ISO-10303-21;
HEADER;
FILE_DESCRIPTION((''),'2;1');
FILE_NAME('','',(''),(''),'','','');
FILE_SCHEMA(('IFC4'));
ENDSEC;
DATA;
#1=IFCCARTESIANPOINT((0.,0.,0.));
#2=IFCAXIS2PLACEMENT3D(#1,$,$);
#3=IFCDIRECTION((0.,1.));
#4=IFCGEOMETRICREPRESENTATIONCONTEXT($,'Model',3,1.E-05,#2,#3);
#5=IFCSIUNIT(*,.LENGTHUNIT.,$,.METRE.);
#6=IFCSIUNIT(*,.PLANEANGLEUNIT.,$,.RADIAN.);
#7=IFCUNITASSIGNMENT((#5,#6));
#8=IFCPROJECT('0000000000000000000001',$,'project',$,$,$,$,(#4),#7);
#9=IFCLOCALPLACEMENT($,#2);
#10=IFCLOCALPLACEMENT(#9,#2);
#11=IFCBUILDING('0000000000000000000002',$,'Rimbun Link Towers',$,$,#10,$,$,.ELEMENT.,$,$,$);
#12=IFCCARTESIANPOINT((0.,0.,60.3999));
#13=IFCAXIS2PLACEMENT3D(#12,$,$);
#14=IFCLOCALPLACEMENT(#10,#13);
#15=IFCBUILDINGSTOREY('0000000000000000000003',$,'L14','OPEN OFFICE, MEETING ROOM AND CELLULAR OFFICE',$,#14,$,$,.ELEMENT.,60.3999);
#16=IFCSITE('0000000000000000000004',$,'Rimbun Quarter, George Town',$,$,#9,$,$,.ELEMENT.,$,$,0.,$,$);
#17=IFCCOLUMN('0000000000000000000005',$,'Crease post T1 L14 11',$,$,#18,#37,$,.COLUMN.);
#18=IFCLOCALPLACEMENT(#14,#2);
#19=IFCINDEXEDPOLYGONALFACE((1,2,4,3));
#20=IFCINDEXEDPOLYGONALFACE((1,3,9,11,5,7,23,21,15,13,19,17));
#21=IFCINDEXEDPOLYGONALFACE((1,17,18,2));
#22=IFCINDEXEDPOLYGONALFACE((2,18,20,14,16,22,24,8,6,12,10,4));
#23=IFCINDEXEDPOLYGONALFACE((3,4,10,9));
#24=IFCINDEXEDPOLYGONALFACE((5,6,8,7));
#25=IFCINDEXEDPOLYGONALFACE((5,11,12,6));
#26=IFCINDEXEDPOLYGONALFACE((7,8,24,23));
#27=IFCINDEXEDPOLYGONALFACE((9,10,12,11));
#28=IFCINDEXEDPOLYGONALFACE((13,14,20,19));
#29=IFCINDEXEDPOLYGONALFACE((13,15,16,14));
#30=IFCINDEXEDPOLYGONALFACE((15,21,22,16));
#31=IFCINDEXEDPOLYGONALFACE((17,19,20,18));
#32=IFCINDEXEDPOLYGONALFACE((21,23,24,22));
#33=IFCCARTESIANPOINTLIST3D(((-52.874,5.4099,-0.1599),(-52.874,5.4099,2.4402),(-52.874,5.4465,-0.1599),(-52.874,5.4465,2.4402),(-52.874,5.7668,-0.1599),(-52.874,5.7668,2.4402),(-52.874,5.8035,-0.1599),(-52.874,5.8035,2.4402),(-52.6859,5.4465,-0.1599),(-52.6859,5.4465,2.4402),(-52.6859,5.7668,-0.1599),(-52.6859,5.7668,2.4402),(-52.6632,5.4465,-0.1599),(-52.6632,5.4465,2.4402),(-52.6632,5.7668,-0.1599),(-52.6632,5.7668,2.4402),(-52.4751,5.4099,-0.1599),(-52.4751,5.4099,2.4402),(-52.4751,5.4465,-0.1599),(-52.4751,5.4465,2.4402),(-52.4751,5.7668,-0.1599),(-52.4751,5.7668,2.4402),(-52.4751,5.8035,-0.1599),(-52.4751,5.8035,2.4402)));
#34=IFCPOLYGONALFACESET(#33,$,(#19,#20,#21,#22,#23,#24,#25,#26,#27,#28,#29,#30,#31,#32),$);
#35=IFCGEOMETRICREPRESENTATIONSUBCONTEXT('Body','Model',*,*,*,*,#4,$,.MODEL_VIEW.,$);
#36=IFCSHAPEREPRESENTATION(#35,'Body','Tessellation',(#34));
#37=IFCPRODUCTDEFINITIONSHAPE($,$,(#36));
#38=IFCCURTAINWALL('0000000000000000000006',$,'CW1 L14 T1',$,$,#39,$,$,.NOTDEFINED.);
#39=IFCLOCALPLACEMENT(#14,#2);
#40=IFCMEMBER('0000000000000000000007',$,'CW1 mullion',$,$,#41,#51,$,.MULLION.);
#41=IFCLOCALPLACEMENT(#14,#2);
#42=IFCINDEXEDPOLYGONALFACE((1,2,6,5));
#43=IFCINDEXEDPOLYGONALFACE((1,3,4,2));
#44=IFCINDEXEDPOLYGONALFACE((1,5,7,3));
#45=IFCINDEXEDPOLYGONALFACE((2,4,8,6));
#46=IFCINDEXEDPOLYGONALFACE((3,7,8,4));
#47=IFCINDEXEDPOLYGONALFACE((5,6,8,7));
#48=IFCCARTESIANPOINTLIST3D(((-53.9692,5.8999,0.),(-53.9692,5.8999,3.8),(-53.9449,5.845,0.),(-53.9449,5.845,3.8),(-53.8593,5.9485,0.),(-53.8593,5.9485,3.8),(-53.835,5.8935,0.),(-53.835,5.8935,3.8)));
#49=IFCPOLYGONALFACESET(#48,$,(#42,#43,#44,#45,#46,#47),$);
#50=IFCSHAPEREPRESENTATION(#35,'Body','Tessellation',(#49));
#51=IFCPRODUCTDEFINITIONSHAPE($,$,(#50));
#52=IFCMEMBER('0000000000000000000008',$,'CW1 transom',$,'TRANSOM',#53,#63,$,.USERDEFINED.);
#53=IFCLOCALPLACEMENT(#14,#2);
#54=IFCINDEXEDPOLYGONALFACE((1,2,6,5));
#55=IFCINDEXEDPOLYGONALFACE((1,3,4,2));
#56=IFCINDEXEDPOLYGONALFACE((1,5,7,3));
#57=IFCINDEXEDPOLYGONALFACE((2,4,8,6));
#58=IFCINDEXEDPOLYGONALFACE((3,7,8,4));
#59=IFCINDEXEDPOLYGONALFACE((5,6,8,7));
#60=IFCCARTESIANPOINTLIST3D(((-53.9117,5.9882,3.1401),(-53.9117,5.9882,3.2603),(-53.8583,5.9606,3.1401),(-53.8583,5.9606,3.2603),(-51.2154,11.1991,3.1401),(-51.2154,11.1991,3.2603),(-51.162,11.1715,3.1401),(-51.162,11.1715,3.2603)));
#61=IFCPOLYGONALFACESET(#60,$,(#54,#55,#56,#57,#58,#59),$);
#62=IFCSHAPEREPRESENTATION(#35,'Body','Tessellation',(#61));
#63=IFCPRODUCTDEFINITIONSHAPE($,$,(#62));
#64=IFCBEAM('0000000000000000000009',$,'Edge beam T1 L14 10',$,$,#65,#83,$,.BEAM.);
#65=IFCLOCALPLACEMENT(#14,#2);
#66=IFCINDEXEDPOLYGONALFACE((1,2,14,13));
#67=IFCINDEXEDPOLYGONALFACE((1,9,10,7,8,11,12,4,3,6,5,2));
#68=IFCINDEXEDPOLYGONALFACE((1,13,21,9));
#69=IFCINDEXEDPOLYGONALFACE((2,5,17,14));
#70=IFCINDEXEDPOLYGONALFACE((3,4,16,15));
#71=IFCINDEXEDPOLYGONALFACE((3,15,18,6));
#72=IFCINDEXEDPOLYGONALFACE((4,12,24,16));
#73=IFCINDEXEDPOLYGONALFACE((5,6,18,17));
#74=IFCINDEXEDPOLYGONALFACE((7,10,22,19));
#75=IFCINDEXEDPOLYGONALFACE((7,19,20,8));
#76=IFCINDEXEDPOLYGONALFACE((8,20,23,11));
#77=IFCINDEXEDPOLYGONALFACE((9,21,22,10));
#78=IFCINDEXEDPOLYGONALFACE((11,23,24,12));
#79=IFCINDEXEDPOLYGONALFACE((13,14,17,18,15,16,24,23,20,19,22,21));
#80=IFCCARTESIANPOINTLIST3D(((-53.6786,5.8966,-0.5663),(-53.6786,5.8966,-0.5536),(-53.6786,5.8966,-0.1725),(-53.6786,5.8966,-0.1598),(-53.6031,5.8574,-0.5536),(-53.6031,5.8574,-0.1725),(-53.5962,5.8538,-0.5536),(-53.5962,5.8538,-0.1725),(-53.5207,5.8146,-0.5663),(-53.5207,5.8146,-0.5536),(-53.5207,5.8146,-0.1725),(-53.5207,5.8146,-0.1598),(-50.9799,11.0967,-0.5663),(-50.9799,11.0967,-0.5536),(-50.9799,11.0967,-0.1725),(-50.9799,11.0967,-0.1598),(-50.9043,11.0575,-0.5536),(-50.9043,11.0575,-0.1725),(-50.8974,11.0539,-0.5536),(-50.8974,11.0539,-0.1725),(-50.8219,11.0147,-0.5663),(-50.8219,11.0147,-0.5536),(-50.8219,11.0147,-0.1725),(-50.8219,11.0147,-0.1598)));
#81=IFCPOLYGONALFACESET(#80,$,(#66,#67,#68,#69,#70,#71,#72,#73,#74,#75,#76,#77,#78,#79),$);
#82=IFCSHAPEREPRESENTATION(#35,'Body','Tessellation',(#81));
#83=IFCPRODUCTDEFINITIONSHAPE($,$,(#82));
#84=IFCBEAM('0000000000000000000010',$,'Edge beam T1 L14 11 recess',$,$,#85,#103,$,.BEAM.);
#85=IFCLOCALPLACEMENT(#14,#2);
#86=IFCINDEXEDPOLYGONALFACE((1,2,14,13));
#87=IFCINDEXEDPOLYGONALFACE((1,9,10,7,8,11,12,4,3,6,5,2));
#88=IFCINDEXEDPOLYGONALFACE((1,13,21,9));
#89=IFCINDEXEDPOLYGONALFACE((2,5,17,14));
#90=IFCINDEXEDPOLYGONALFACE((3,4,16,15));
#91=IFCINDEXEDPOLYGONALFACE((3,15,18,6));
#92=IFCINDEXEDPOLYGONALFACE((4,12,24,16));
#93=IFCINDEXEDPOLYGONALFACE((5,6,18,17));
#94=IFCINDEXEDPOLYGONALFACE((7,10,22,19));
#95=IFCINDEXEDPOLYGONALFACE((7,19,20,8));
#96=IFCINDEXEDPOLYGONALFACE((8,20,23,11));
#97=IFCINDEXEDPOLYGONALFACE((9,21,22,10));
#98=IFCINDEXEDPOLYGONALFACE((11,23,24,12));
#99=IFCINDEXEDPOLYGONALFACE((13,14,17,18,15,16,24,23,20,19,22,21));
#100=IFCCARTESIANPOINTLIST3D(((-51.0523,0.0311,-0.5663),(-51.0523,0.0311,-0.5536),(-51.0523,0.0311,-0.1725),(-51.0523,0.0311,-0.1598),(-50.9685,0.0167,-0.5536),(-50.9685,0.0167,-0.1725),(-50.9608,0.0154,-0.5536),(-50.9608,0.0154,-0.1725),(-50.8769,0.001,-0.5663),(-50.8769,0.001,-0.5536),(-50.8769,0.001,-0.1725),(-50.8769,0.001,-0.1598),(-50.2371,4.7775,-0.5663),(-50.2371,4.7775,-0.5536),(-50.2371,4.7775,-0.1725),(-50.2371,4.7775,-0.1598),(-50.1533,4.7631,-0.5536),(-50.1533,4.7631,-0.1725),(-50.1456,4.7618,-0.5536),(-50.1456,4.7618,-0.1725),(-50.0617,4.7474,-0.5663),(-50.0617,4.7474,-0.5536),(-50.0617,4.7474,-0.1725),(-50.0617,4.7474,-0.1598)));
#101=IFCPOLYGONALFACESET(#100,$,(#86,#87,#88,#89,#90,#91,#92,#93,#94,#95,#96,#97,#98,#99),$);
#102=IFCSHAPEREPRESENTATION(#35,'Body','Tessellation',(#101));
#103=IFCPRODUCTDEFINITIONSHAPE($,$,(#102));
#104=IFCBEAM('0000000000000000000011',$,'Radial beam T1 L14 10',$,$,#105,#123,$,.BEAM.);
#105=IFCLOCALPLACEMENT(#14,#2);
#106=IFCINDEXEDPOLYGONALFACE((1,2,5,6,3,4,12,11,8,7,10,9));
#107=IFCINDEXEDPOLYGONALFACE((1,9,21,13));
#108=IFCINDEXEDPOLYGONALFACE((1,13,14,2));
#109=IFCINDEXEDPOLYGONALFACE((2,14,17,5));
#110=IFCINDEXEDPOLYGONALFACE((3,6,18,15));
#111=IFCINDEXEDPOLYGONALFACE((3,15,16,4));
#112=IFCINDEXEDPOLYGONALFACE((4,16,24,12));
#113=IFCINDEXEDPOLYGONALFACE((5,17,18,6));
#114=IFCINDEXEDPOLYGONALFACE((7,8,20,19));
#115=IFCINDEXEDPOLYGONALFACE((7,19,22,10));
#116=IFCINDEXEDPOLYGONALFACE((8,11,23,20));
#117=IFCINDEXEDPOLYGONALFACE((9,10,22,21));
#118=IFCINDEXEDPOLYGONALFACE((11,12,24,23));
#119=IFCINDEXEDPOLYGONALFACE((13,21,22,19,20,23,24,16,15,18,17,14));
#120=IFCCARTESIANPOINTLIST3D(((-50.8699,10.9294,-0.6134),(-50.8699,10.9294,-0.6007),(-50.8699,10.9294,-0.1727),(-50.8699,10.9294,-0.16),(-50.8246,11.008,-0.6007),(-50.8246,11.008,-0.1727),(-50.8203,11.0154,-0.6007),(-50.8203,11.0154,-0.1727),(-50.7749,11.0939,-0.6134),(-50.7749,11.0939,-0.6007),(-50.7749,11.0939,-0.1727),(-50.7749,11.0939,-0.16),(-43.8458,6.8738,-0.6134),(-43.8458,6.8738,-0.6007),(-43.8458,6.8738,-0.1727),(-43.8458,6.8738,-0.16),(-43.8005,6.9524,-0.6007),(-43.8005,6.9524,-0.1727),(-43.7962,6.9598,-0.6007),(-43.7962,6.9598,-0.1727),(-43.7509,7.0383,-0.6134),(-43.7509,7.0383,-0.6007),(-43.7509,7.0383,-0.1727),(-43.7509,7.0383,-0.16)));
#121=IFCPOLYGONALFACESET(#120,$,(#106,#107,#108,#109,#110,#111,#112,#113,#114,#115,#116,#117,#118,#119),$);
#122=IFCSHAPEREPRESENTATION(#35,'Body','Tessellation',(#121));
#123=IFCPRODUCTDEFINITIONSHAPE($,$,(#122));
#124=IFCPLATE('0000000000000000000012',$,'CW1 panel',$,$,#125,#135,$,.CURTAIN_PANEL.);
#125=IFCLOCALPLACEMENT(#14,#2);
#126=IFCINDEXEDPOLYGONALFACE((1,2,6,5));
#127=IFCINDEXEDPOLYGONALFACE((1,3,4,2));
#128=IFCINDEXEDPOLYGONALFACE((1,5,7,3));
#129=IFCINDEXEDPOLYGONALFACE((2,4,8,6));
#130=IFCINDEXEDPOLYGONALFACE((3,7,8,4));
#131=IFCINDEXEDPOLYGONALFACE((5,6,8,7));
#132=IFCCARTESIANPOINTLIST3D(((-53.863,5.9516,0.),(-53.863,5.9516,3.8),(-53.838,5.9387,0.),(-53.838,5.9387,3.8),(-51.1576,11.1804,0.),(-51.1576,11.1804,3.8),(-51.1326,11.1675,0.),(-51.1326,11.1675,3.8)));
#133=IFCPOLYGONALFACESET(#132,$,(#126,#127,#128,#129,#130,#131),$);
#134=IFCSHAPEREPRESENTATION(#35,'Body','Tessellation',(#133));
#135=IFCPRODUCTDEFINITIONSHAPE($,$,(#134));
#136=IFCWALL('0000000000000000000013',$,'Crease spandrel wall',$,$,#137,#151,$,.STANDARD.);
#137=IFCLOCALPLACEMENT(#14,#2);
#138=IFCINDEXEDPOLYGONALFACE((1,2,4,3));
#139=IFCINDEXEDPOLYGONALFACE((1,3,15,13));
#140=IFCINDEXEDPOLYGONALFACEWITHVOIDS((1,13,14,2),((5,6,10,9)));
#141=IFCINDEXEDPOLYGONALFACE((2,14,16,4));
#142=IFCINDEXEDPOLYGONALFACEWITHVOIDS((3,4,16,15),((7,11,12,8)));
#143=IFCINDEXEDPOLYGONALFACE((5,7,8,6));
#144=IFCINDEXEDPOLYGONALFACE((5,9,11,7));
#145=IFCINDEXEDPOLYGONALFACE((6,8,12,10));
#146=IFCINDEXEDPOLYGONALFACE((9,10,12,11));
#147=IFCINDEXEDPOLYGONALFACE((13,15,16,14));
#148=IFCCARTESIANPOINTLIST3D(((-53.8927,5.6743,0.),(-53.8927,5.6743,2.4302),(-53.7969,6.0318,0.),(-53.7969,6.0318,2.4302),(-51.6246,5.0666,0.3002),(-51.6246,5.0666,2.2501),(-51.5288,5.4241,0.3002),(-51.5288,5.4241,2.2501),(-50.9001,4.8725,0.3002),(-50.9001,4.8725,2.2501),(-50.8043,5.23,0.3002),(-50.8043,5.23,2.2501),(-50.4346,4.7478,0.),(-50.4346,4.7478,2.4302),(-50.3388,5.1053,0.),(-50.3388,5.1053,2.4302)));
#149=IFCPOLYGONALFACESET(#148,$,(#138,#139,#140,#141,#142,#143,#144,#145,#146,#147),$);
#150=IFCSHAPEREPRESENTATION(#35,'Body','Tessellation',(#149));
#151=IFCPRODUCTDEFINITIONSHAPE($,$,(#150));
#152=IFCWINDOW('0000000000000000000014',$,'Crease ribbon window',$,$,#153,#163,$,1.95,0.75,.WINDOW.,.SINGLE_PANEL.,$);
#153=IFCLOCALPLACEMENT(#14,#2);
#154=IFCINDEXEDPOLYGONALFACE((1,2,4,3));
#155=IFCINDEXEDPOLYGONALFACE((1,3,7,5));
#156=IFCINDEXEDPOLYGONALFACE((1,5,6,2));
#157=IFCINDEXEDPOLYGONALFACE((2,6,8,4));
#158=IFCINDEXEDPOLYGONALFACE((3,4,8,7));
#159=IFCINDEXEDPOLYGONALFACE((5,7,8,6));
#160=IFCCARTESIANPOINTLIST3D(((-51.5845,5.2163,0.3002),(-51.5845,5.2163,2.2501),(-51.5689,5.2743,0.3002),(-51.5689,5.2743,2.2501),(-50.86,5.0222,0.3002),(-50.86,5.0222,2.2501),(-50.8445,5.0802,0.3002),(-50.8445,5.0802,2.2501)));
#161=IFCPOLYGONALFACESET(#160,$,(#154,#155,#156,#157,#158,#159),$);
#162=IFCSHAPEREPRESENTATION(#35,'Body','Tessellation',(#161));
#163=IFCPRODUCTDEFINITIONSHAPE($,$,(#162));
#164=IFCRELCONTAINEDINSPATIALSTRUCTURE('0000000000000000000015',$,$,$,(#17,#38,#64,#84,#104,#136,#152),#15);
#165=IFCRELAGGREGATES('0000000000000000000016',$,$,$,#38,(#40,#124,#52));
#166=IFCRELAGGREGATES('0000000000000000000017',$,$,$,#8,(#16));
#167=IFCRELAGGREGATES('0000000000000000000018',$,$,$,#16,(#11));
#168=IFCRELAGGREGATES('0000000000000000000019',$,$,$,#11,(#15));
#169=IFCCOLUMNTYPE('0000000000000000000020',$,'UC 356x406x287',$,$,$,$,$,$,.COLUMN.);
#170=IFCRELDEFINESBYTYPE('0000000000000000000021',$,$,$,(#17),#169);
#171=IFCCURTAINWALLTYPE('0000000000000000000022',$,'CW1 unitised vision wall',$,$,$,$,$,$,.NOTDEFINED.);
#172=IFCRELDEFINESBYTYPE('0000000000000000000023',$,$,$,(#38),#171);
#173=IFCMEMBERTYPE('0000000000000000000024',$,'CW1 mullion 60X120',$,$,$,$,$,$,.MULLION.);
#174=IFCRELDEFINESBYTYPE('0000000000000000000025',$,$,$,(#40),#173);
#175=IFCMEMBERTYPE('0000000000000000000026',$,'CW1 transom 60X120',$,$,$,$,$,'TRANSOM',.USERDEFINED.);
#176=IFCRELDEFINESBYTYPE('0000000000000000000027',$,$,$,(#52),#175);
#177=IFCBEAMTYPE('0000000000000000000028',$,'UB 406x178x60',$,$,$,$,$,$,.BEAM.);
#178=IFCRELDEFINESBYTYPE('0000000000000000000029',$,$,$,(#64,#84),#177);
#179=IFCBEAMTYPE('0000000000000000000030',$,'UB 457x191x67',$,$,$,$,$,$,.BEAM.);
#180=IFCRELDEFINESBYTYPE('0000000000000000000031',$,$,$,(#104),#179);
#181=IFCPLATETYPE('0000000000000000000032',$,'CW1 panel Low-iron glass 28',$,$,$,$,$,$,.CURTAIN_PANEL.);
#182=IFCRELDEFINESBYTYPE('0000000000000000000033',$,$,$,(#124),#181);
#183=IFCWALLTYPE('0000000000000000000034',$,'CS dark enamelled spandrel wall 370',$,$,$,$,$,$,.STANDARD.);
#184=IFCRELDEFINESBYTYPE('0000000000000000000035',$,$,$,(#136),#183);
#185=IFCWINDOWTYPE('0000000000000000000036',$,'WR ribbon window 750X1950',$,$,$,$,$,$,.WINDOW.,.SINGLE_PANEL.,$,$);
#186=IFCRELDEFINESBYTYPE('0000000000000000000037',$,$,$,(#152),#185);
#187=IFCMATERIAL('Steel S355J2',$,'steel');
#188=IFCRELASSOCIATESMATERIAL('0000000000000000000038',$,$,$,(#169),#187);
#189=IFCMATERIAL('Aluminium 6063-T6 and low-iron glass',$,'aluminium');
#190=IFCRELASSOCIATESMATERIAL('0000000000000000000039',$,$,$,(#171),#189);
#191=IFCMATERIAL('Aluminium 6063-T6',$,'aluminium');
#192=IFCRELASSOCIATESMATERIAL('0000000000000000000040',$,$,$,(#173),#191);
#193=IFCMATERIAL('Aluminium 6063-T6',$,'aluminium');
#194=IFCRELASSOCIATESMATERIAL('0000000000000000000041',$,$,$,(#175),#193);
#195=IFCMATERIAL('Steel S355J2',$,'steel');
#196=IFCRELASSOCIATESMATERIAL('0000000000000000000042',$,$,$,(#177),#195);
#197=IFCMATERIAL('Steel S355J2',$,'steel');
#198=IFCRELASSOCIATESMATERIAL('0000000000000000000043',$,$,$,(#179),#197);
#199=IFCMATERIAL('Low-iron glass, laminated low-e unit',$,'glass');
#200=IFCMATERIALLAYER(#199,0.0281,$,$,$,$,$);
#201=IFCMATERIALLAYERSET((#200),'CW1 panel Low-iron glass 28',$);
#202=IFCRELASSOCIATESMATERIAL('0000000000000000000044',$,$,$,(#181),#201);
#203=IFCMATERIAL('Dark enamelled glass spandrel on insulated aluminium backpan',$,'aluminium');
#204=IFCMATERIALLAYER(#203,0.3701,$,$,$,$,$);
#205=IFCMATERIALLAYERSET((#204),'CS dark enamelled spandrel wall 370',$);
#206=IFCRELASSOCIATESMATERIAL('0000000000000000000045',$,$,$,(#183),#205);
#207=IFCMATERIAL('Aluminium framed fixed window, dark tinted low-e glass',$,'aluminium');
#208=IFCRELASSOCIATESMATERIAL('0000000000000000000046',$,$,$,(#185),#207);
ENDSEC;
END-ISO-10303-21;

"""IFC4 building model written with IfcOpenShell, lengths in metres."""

from ifc_helpers import new_model, si_unit, direction, frame, frame_2d, origin, origin_2d, place, context, subcontext, project, spatial, rectangle, i_section, extrude, material, layer, layer_set, material_profile, profile_set, type_object, element, fill, aggregate, save


model = new_model("IFC4")

# Units and contexts
model_context = context("Model", 3, precision=1e-05, world=origin(), true_north=direction((0.0, 1.0)))
body_context = subcontext(model_context, "Body", "Model", "MODEL_VIEW")
ifc_project = project(units=[si_unit("LENGTHUNIT", "METRE"), si_unit("PLANEANGLEUNIT", "RADIAN")], contexts=[model_context])

# Site, building, storey
site_placement = place(None, origin())
site = spatial("IfcSite", under=ifc_project, at=site_placement, Name="Rimbun Quarter, George Town", CompositionType="ELEMENT", RefElevation=0.0)
building_placement = place(site_placement, origin())
building = spatial("IfcBuilding", under=site, at=building_placement, Name="Rimbun Link Towers", CompositionType="ELEMENT")
storey_placement = place(building_placement, frame((0.0, 0.0, 60.3999)))
storey = spatial("IfcBuildingStorey", under=building, at=storey_placement, Name="L14", Description="OPEN OFFICE, MEETING ROOM AND CELLULAR OFFICE", CompositionType="ELEMENT", Elevation=60.3999)

# Column
ifc_material_1 = material(Name="Steel S355J2", Category="steel")
ifc_material_profile_1 = material_profile(ifc_material_1, i_section(OverallWidth=0.3989, OverallDepth=0.3936, WebThickness=0.0227, FlangeThickness=0.0366, at=origin_2d()), Name="UC 356x406x287")
ifc_profile_set_1 = profile_set([ifc_material_profile_1], Name="Steel S355J2")
column_type = type_object("IfcColumnType", Name="UC 356x406x287", PredefinedType="COLUMN", material=ifc_profile_set_1)
column_placement = place(storey_placement, frame((-52.6746, 5.6067, -0.1599), z_axis=(0.0, 0.0, 1.0), x_axis=(1.0, 0.0, 0.0)))
element("IfcColumn", 1, at=column_placement, inside=storey, type_object=column_type, Name="Crease post T1 L14 11", PredefinedType="COLUMN", context=body_context, shape_type="SweptSolid", body=[
    extrude(i_section(OverallWidth=0.3989, OverallDepth=0.3936, WebThickness=0.0227, FlangeThickness=0.0366, at=origin_2d()), origin(), (0.0, 0.0, 1.0), 2.6001),
])

# Curtain wall, members
ifc_material_2 = material(Name="Aluminium 6063-T6 and low-iron glass", Category="aluminium")
curtain_wall_type = type_object("IfcCurtainWallType", Name="CW1 unitised vision wall", PredefinedType="NOTDEFINED", material=ifc_material_2)
curtain_wall_placement = place(storey_placement, origin())
curtain_wall = element("IfcCurtainWall", 2, at=curtain_wall_placement, inside=storey, type_object=curtain_wall_type, Name="CW1 L14 T1", PredefinedType="NOTDEFINED")
ifc_material_3 = material(Name="Aluminium 6063-T6", Category="aluminium")
ifc_material_profile_2 = material_profile(ifc_material_3, rectangle(XDim=0.1201, YDim=0.0601, at=origin_2d()), Name="MULLION 60X120")
ifc_profile_set_2 = profile_set([ifc_material_profile_2], Name="Aluminium 6063-T6")
member_type_1 = type_object("IfcMemberType", Name="CW1 mullion 60X120", PredefinedType="MULLION", material=ifc_profile_set_2)
member_1_placement = place(storey_placement, frame((-53.9021, 5.8967, 0.0), z_axis=(0.0, 0.0, 1.0), x_axis=(-0.914813, -0.403877, 0.0)))
member_1 = element("IfcMember", 3, at=member_1_placement, type_object=member_type_1, Name="CW1 mullion", PredefinedType="MULLION", context=body_context, shape_type="SweptSolid", body=[
    extrude(rectangle(XDim=0.1201, YDim=0.0601, at=origin_2d()), origin(), (0.0, 0.0, 1.0), 3.8),
])
ifc_material_4 = material(Name="Aluminium 6063-T6", Category="aluminium")
ifc_material_profile_3 = material_profile(ifc_material_4, rectangle(XDim=0.0601, YDim=0.1201, at=origin_2d()), Name="TRANSOM 60X120")
ifc_profile_set_3 = profile_set([ifc_material_profile_3], Name="Aluminium 6063-T6")
member_type_2 = type_object("IfcMemberType", Name="CW1 transom 60X120", ElementType="TRANSOM", PredefinedType="USERDEFINED", material=ifc_profile_set_3)
member_2_placement = place(storey_placement, frame((-53.885, 5.9744, 3.2002), z_axis=(0.459554, 0.88815, 0.0), x_axis=(-0.88815, 0.459554, 0.0)))
member_2 = element("IfcMember", 4, at=member_2_placement, type_object=member_type_2, Name="CW1 transom", ObjectType="TRANSOM", PredefinedType="USERDEFINED", context=body_context, shape_type="SweptSolid", body=[
    extrude(rectangle(XDim=0.0601, YDim=0.1201, at=origin_2d()), origin(), (0.0, 0.0, 1.0), 5.8672),
])

# Beams
ifc_material_5 = material(Name="Steel S355J2", Category="steel")
ifc_material_profile_4 = material_profile(ifc_material_5, i_section(OverallWidth=0.178, OverallDepth=0.4065, WebThickness=0.0078, FlangeThickness=0.0127, at=origin_2d()), Name="UB 406x178x60")
ifc_profile_set_4 = profile_set([ifc_material_profile_4], Name="Steel S355J2")
beam_type_1 = type_object("IfcBeamType", Name="UB 406x178x60", PredefinedType="BEAM", material=ifc_profile_set_4)
beam_1_placement = place(storey_placement, frame((-50.9009, 11.0557, -0.363), z_axis=(-0.460648, -0.887583, 0.0), x_axis=(0.887583, -0.460648, 0.0)))
element("IfcBeam", 5, at=beam_1_placement, inside=storey, type_object=beam_type_1, Name="Edge beam T1 L14 10", PredefinedType="BEAM", context=body_context, shape_type="SweptSolid", body=[
    extrude(i_section(OverallWidth=0.178, OverallDepth=0.4065, WebThickness=0.0078, FlangeThickness=0.0127, at=origin_2d()), origin(), (0.0, 0.0, 1.0), 5.8586),
])
beam_2_placement = place(storey_placement, frame((-50.1494, 4.7625, -0.363), z_axis=(-0.169272, -0.985569, 0.0), x_axis=(0.985569, -0.169272, 0.0)))
element("IfcBeam", 6, at=beam_2_placement, inside=storey, type_object=beam_type_1, Name="Edge beam T1 L14 11 recess", PredefinedType="BEAM", context=body_context, shape_type="SweptSolid", body=[
    extrude(i_section(OverallWidth=0.178, OverallDepth=0.4065, WebThickness=0.0078, FlangeThickness=0.0127, at=origin_2d()), origin(), (0.0, 0.0, 1.0), 4.8159),
])
ifc_material_6 = material(Name="Steel S355J2", Category="steel")
ifc_material_profile_5 = material_profile(ifc_material_6, i_section(OverallWidth=0.1899, OverallDepth=0.4534, WebThickness=0.0085, FlangeThickness=0.0127, at=origin_2d()), Name="UB 457x191x67")
ifc_profile_set_5 = profile_set([ifc_material_profile_5], Name="Steel S355J2")
beam_type_2 = type_object("IfcBeamType", Name="UB 457x191x67", PredefinedType="BEAM", material=ifc_profile_set_5)
beam_3_placement = place(storey_placement, frame((-43.7983, 6.9561, -0.3867), z_axis=(-0.866012, 0.500024, 0.0), x_axis=(-0.500024, -0.866012, 0.0)))
element("IfcBeam", 7, at=beam_3_placement, inside=storey, type_object=beam_type_2, Name="Radial beam T1 L14 10", PredefinedType="BEAM", context=body_context, shape_type="SweptSolid", body=[
    extrude(i_section(OverallWidth=0.1899, OverallDepth=0.4534, WebThickness=0.0085, FlangeThickness=0.0127, at=origin_2d()), origin(), (0.0, 0.0, 1.0), 8.1108),
])

# Plate
ifc_material_7 = material(Name="Low-iron glass, laminated low-e unit", Category="glass")
ifc_layer_1 = layer(ifc_material_7, 0.0281)
ifc_layer_set_1 = layer_set([ifc_layer_1], Name="CW1 panel Low-iron glass 28")
plate_type = type_object("IfcPlateType", Name="CW1 panel Low-iron glass 28", PredefinedType="CURTAIN_PANEL", material=ifc_layer_set_1)
plate_placement = place(storey_placement, frame((-52.4978, 8.5596, 0.0), z_axis=(0.0, 0.0, 1.0), x_axis=(0.459541, 0.888157, 0.0)))
plate = element("IfcPlate", 8, at=plate_placement, type_object=plate_type, Name="CW1 panel", PredefinedType="CURTAIN_PANEL", context=body_context, shape_type="SweptSolid", body=[
    extrude(rectangle(XDim=5.8872, YDim=0.0281, at=origin_2d()), origin(), (0.0, 0.0, 1.0), 3.8),
])
aggregate(curtain_wall, [member_1, plate, member_2])

# Wall, opening, window
ifc_material_8 = material(Name="Dark enamelled glass spandrel on insulated aluminium backpan", Category="aluminium")
ifc_layer_2 = layer(ifc_material_8, 0.3701)
ifc_layer_set_2 = layer_set([ifc_layer_2], Name="CS dark enamelled spandrel wall 370")
wall_type_1 = type_object("IfcWallType", Name="CS dark enamelled spandrel wall 370", PredefinedType="STANDARD", material=ifc_layer_set_2)
wall_1_placement = place(storey_placement, frame((-50.3867, 4.9265, 0.0), z_axis=(0.0, 0.0, 1.0), x_axis=(-0.96593, 0.258804, 0.0)))
wall_1 = element("IfcWall", 9, at=wall_1_placement, inside=storey, type_object=wall_type_1, Name="Crease spandrel wall", PredefinedType="STANDARD", context=body_context, shape_type="SweptSolid", body=[
    extrude(rectangle(XDim=3.5801, YDim=0.3701, at=frame_2d((1.79, 0.0))), origin(), (0.0, 0.0, 1.0), 2.4302),
])
opening_1_placement = place(wall_1_placement, frame((0.4819, 0.0, 0.3)))
opening_1 = element("IfcOpeningElement", 10, at=opening_1_placement, cuts=wall_1, PredefinedType="OPENING", context=body_context, shape_type="SweptSolid", body=[
    extrude(rectangle(XDim=0.75, YDim=1.95, at=frame_2d((0.375, 0.9751))), frame((0.0, 0.1951, 0.0), z_axis=(0.0, -1.0, 0.0), x_axis=(1.0, 0.0, 0.0)), (0.0, 0.0, 1.0), 0.3901),
])
ifc_material_9 = material(Name="Aluminium framed fixed window, dark tinted low-e glass", Category="aluminium")
window_type = type_object("IfcWindowType", Name="WR ribbon window 750X1950", PartitioningType="SINGLE_PANEL", PredefinedType="WINDOW", material=ifc_material_9)
window_placement = place(opening_1_placement, origin())
window = element("IfcWindow", 11, at=window_placement, inside=storey, type_object=window_type, Name="Crease ribbon window", OverallHeight=1.95, OverallWidth=0.75, PartitioningType="SINGLE_PANEL", PredefinedType="WINDOW", context=body_context, shape_type="SweptSolid", body=[
    extrude(rectangle(XDim=0.75, YDim=1.95, at=frame_2d((0.375, 0.9751))), frame((0.0, 0.03, 0.0), z_axis=(0.0, -1.0, 0.0), x_axis=(1.0, 0.0, 0.0)), (0.0, 0.0, 1.0), 0.0601),
])
fill(opening_1, window)

save(model, "model.ifc")
